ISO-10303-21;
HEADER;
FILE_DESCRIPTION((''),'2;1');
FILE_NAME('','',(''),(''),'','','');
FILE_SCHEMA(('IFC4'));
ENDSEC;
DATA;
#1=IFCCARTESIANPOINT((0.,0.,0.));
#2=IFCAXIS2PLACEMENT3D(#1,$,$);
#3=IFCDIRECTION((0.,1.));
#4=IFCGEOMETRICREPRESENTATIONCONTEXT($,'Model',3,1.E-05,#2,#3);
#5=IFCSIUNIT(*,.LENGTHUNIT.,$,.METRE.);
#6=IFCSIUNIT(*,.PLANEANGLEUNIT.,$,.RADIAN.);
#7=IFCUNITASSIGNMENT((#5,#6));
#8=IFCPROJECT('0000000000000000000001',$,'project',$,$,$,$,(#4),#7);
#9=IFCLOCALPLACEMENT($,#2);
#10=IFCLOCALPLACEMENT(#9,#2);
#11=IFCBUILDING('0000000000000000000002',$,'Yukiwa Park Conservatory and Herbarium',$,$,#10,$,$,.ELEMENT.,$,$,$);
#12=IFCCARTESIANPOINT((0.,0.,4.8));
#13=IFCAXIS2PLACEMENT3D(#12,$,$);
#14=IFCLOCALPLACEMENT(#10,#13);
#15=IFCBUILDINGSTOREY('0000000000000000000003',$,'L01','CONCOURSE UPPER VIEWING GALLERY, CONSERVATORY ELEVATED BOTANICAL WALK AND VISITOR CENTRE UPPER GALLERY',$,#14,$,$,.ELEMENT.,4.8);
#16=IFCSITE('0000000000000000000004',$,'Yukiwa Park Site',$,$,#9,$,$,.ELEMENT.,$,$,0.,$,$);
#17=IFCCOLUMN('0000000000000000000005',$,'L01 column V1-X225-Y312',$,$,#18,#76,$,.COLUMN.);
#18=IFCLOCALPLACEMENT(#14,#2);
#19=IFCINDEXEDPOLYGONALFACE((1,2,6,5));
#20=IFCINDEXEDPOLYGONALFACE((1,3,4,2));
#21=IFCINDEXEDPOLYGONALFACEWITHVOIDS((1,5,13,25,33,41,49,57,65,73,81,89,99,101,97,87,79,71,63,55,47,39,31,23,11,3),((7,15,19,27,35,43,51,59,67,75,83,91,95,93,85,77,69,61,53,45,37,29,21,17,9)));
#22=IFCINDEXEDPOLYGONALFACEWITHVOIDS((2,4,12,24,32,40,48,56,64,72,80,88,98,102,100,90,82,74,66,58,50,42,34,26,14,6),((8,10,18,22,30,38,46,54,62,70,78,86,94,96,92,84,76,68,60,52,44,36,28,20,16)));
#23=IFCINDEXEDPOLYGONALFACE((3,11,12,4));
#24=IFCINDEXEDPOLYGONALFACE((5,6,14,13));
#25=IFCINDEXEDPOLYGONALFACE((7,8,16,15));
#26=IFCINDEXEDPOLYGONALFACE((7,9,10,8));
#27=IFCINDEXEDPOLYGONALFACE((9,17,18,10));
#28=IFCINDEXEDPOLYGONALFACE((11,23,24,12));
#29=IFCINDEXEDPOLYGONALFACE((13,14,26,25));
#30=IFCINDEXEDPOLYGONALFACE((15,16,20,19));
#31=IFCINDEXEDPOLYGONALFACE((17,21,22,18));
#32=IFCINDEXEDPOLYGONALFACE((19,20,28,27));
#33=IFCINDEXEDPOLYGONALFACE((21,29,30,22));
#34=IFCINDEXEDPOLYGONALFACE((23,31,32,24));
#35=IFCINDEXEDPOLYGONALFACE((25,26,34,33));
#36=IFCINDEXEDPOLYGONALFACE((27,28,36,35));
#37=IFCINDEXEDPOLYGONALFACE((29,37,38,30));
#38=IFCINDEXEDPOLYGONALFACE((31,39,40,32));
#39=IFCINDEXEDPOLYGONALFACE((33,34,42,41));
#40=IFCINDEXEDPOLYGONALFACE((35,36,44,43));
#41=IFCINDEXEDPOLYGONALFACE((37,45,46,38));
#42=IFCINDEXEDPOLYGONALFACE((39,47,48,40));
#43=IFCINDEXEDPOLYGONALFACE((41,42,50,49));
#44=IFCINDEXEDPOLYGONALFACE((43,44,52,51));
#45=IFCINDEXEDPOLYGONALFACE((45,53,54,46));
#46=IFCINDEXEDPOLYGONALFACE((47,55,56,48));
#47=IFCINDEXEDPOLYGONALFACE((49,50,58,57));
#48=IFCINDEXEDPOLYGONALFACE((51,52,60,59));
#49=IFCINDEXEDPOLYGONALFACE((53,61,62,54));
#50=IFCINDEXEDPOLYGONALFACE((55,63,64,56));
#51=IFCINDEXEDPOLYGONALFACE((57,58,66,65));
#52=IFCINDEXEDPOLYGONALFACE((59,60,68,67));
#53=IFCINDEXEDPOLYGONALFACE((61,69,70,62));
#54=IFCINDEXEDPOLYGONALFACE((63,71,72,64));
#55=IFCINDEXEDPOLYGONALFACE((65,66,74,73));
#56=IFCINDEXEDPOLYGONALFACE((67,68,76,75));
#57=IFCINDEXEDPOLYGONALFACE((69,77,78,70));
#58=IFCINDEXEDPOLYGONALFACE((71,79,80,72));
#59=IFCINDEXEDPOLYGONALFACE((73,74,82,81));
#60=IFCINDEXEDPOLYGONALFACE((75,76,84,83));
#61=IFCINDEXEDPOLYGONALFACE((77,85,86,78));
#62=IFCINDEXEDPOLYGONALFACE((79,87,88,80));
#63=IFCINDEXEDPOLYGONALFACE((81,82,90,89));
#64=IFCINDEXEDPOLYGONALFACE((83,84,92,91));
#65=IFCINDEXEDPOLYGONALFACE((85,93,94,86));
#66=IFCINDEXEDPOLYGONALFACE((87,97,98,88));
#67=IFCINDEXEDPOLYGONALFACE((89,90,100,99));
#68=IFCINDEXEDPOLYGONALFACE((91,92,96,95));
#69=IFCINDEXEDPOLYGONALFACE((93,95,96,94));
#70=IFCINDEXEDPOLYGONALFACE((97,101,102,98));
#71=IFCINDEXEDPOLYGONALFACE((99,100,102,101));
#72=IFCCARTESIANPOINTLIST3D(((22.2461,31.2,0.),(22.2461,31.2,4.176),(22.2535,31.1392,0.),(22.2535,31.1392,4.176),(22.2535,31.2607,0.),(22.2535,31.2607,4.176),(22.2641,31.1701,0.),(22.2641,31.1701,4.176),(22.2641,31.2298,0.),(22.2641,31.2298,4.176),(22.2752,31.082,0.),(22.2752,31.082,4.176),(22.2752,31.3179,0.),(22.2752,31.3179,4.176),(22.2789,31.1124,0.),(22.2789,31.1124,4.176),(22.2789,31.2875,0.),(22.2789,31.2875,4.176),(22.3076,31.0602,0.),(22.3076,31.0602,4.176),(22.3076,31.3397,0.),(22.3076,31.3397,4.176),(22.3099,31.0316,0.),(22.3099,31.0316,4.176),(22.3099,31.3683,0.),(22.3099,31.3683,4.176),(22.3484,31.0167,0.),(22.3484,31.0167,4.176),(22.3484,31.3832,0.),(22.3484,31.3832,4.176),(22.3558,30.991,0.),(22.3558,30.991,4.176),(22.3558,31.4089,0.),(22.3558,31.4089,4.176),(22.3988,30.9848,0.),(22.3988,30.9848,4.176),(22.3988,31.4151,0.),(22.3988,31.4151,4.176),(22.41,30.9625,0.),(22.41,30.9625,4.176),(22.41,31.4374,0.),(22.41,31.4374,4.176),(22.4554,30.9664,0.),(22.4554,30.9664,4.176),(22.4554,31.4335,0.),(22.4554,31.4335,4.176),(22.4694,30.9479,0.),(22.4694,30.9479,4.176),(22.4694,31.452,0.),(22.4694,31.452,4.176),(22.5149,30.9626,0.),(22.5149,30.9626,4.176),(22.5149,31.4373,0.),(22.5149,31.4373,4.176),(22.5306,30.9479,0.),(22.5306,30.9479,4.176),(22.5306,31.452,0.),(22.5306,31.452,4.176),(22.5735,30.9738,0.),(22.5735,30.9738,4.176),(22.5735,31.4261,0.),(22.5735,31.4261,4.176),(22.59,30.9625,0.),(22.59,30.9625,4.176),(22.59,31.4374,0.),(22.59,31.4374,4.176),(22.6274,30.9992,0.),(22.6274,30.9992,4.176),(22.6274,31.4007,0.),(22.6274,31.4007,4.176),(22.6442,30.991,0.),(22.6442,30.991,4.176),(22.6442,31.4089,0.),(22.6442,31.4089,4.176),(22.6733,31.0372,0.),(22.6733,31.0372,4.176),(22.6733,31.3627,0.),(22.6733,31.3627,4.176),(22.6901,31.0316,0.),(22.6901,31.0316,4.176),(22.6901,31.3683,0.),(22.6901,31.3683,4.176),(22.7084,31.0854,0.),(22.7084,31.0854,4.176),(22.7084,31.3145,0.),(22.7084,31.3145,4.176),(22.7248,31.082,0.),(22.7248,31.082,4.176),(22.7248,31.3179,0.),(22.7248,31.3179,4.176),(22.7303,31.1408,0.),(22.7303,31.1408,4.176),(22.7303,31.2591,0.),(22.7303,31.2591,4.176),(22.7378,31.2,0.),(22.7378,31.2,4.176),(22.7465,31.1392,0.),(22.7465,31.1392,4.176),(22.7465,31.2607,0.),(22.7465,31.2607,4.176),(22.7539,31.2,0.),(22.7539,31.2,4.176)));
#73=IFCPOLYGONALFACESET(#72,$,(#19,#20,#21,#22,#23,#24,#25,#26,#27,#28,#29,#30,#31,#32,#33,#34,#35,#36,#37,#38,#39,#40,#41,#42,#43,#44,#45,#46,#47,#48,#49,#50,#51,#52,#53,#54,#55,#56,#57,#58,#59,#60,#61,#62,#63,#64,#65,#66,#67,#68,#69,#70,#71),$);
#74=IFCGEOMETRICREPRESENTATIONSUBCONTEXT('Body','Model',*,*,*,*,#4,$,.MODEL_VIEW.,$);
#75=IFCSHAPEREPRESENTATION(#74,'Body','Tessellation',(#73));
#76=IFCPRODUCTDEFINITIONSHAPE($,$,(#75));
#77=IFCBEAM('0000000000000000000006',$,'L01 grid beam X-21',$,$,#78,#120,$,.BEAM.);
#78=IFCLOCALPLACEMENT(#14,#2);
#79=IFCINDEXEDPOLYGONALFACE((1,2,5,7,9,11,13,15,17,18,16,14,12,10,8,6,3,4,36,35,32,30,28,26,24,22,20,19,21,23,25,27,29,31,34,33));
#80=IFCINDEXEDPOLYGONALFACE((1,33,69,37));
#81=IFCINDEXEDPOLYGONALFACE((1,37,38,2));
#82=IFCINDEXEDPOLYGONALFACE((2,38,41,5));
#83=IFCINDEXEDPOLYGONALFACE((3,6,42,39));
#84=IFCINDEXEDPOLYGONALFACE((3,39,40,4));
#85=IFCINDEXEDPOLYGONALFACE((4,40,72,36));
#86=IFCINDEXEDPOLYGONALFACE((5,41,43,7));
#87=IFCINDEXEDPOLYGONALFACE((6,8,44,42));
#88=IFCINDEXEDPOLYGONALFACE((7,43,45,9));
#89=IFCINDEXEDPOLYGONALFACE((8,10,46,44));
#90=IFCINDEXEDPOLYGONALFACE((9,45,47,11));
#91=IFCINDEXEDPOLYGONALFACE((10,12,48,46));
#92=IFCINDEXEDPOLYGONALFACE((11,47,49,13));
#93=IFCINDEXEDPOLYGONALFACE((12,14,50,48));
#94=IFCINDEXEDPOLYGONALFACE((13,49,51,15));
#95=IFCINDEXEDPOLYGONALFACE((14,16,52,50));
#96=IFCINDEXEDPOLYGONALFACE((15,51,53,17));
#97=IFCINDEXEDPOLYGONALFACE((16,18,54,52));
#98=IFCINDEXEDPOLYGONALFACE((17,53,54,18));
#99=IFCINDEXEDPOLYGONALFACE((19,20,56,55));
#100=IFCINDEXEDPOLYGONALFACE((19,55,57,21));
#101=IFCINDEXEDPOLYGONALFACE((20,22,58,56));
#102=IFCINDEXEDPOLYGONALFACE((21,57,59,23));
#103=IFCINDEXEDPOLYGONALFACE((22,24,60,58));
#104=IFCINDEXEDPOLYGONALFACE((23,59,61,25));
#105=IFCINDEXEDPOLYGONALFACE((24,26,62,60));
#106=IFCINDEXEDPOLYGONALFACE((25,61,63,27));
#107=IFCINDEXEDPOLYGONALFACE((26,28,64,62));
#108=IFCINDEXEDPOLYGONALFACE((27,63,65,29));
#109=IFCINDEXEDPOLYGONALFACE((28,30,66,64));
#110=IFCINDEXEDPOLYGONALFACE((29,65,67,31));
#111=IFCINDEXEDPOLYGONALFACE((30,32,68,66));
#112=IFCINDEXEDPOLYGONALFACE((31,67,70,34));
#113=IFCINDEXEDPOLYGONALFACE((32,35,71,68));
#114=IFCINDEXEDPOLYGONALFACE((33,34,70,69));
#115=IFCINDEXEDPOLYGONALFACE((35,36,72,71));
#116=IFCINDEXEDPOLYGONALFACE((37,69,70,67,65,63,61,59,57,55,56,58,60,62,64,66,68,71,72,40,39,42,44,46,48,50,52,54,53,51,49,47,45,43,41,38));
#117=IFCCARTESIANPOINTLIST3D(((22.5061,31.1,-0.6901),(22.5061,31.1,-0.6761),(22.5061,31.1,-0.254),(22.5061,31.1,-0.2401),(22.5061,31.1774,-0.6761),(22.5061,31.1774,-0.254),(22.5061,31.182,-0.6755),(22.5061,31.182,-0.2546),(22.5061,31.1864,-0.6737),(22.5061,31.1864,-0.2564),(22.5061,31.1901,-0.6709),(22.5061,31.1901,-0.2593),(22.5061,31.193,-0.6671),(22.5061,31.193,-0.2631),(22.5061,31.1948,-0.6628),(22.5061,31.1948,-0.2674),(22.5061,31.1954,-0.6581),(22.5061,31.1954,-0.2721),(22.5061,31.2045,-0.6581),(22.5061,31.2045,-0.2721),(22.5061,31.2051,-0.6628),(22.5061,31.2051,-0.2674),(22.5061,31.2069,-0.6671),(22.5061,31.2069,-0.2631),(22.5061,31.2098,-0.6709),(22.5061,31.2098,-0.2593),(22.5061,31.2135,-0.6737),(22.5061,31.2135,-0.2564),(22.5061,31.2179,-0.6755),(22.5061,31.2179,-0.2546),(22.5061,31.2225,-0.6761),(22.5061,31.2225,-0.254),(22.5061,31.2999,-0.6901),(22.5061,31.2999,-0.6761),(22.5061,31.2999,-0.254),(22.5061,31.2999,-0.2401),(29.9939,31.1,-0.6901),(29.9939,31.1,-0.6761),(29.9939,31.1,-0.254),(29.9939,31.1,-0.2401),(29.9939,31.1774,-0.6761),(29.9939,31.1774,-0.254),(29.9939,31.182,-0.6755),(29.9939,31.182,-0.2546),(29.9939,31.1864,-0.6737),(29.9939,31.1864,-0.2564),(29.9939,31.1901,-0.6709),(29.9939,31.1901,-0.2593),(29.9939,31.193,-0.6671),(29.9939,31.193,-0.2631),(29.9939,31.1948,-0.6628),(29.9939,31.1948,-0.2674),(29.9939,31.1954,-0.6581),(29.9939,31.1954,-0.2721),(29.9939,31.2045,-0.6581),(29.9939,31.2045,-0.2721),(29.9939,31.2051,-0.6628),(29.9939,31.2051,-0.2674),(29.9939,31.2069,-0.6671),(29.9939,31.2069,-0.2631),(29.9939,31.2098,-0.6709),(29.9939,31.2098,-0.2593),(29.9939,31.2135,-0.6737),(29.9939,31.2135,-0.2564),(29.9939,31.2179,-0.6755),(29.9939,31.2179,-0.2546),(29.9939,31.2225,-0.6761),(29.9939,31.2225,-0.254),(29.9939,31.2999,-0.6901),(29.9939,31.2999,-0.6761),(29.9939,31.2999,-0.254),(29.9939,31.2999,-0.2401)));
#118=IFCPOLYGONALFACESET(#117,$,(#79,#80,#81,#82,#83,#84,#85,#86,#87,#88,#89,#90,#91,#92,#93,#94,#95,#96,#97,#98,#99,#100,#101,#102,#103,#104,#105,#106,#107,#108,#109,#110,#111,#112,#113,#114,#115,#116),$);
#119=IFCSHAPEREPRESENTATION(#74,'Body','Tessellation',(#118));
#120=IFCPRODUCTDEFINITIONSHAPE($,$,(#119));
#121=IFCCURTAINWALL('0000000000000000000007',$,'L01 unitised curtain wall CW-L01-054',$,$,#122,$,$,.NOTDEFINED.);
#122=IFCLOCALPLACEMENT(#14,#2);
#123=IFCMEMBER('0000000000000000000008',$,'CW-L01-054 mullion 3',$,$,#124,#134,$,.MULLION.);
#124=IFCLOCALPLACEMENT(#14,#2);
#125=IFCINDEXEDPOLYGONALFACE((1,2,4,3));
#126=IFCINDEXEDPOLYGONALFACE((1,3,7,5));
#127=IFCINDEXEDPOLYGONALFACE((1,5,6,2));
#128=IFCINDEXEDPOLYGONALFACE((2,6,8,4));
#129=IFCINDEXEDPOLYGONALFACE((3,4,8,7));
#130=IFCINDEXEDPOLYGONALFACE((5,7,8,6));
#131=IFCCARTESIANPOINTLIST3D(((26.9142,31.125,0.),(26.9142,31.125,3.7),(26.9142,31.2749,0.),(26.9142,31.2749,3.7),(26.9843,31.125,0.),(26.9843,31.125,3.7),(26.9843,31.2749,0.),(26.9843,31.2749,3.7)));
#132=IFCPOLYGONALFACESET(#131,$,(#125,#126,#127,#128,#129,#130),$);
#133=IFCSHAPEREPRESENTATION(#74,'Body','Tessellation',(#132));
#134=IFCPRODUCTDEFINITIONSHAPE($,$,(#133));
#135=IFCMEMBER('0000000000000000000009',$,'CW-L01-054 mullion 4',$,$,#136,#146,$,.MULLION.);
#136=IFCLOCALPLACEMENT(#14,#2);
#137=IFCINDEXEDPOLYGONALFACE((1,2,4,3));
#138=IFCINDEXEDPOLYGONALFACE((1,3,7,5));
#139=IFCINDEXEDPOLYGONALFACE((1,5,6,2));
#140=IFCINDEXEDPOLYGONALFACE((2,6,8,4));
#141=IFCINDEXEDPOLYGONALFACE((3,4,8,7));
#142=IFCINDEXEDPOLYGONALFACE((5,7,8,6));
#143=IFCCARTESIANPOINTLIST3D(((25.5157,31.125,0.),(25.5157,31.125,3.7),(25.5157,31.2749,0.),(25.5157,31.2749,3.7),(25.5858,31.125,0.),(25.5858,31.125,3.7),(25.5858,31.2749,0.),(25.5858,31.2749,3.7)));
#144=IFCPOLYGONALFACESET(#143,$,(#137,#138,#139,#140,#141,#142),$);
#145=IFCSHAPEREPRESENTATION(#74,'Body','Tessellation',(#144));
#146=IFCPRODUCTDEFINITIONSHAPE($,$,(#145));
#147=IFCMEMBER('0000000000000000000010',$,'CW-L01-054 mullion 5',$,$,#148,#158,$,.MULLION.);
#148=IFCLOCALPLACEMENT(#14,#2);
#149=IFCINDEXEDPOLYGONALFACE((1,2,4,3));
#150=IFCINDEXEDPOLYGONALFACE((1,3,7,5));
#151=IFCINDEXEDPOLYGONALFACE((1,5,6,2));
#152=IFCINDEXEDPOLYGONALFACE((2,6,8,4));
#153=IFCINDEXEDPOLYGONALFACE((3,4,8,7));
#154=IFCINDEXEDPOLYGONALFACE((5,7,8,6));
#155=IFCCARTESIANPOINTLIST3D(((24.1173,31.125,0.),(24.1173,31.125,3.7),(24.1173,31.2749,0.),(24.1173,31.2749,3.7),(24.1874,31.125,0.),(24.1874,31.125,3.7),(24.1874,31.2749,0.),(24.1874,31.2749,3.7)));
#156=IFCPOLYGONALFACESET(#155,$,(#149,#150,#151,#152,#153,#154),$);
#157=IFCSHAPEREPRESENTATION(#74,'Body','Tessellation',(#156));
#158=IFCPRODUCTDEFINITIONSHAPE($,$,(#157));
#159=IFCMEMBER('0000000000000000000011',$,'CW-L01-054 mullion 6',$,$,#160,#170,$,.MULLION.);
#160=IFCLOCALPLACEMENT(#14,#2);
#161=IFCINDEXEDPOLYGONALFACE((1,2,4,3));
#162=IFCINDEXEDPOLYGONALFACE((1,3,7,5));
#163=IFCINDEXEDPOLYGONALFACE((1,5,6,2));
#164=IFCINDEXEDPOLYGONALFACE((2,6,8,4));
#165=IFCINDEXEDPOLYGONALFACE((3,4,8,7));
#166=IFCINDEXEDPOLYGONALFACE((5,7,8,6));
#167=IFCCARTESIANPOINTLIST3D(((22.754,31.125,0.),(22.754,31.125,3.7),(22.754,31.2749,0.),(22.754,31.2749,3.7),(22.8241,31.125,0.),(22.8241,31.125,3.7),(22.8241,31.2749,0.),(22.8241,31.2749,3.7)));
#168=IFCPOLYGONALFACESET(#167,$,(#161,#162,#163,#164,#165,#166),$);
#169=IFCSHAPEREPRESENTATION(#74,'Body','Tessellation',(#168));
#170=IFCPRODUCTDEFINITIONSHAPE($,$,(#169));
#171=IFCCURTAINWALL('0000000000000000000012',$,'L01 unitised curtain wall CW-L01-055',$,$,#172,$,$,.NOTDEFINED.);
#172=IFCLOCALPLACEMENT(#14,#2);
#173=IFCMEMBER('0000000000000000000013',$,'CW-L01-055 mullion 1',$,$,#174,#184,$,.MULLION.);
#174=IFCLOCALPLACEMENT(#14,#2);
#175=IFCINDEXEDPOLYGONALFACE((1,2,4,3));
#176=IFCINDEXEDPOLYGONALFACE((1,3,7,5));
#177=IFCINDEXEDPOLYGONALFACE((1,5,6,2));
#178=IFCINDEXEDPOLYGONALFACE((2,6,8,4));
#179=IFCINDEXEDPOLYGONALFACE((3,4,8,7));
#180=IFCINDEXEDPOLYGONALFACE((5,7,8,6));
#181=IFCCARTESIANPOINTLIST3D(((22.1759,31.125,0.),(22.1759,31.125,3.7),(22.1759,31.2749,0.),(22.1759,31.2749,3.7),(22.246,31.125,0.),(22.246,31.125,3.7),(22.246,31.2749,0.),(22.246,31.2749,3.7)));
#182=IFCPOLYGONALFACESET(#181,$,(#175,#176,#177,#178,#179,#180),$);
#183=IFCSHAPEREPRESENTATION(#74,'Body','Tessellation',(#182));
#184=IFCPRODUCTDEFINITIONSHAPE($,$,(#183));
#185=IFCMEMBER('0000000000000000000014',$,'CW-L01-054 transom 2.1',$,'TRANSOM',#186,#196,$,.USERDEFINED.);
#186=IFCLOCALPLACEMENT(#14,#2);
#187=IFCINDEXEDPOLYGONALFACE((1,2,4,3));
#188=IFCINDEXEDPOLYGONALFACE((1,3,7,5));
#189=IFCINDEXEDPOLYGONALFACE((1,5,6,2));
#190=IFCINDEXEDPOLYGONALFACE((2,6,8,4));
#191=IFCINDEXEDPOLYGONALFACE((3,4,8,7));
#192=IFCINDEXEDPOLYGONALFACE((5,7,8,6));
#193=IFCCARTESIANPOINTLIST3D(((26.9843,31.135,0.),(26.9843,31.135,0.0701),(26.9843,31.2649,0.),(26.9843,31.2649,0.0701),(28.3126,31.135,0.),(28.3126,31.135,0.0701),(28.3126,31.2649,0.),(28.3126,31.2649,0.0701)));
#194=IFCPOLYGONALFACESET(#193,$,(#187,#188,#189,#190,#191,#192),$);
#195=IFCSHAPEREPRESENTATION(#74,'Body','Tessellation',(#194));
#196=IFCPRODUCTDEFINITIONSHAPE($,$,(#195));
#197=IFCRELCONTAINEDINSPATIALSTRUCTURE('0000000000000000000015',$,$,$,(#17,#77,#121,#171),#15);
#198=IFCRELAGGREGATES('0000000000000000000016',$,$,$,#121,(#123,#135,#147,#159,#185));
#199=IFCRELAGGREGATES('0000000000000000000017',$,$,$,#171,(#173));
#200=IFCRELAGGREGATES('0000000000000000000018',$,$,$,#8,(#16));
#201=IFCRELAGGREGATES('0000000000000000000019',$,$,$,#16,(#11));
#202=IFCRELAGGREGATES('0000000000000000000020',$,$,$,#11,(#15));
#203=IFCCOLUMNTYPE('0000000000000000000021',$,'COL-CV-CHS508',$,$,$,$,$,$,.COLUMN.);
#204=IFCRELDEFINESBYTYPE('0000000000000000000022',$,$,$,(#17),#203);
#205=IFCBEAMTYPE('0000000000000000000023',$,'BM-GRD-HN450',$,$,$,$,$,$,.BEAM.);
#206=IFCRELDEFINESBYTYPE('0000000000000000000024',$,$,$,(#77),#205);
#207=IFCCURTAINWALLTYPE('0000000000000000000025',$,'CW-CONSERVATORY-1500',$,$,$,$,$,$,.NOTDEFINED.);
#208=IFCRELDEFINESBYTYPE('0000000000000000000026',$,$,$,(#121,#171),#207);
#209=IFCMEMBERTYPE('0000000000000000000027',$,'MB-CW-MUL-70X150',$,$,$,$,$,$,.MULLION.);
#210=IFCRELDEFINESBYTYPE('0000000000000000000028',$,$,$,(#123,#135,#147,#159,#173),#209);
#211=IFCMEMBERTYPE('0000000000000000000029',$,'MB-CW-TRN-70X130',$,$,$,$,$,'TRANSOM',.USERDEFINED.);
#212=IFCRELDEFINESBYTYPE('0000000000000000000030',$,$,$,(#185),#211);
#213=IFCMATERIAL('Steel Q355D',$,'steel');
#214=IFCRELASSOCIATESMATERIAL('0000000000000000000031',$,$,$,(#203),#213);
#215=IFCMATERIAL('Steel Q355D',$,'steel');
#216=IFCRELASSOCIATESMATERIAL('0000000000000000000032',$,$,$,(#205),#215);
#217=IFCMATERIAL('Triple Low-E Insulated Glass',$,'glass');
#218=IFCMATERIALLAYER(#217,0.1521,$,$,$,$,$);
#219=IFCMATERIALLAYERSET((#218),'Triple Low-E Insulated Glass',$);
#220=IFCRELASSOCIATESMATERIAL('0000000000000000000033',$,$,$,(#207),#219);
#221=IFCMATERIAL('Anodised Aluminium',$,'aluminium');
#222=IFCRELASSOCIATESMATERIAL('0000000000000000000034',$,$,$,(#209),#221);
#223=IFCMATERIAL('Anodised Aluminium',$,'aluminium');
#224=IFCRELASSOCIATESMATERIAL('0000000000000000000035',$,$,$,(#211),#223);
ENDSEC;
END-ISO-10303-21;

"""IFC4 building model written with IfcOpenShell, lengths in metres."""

from ifc_helpers import new_model, si_unit, direction, frame, origin, origin_2d, place, context, subcontext, project, spatial, rectangle, hollow_circle, i_section, extrude, material, layer, layer_set, material_profile, profile_set, type_object, element, aggregate, save


model = new_model("IFC4")

# Units and contexts
model_context = context("Model", 3, precision=1e-05, world=origin(), true_north=direction((0.0, 1.0)))
body_context = subcontext(model_context, "Body", "Model", "MODEL_VIEW")
ifc_project = project(units=[si_unit("LENGTHUNIT", "METRE"), si_unit("PLANEANGLEUNIT", "RADIAN")], contexts=[model_context])

# Site, building, storey
site_placement = place(None, origin())
site = spatial("IfcSite", under=ifc_project, at=site_placement, Name="Yukiwa Park Site", CompositionType="ELEMENT", RefElevation=0.0)
building_placement = place(site_placement, origin())
building = spatial("IfcBuilding", under=site, at=building_placement, Name="Yukiwa Park Conservatory and Herbarium", CompositionType="ELEMENT")
storey_placement = place(building_placement, frame((0.0, 0.0, 4.8)))
storey = spatial("IfcBuildingStorey", under=building, at=storey_placement, Name="L01", Description="CONCOURSE UPPER VIEWING GALLERY, CONSERVATORY ELEVATED BOTANICAL WALK AND VISITOR CENTRE UPPER GALLERY", CompositionType="ELEMENT", Elevation=4.8)

# Column
ifc_material_1 = material(Name="Steel Q355D", Category="steel")
ifc_material_profile_1 = material_profile(ifc_material_1, hollow_circle(Radius=0.2539, WallThickness=0.0161, at=origin_2d()), Name="CHS 508x16")
ifc_profile_set_1 = profile_set([ifc_material_profile_1], Name="Steel Q355D")
column_type = type_object("IfcColumnType", Name="COL-CV-CHS508", PredefinedType="COLUMN", material=ifc_profile_set_1)
column_placement = place(storey_placement, frame((22.5, 31.2, 0.0), z_axis=(0.0, 0.0, 1.0), x_axis=(1.0, 0.0, 0.0)))
element("IfcColumn", 1, at=column_placement, inside=storey, type_object=column_type, Name="L01 column V1-X225-Y312", PredefinedType="COLUMN", context=body_context, shape_type="SweptSolid", body=[
    extrude(hollow_circle(Radius=0.2539, WallThickness=0.0161, at=origin_2d()), origin(), (0.0, 0.0, 1.0), 4.176),
])

# Beam
ifc_material_2 = material(Name="Steel Q355D", Category="steel")
ifc_material_profile_2 = material_profile(ifc_material_2, i_section(OverallWidth=0.2, OverallDepth=0.45, WebThickness=0.009, FlangeThickness=0.0139, FilletRadius=0.0181, at=origin_2d()), Name="HN 450x200x9x14")
ifc_profile_set_2 = profile_set([ifc_material_profile_2], Name="Steel Q355D")
beam_type = type_object("IfcBeamType", Name="BM-GRD-HN450", PredefinedType="BEAM", material=ifc_profile_set_2)
beam_placement = place(storey_placement, frame((22.5061, 31.2, -0.4651), z_axis=(1.0, 0.0, 0.0), x_axis=(0.0, 1.0, 0.0)))
element("IfcBeam", 2, at=beam_placement, inside=storey, type_object=beam_type, Name="L01 grid beam X-21", PredefinedType="BEAM", context=body_context, shape_type="SweptSolid", body=[
    extrude(i_section(OverallWidth=0.2, OverallDepth=0.45, WebThickness=0.009, FlangeThickness=0.0139, FilletRadius=0.0181, at=origin_2d()), origin(), (0.0, 0.0, 1.0), 7.4878),
])

# Curtain wall, members
ifc_material_3 = material(Name="Triple Low-E Insulated Glass", Category="glass")
ifc_layer_1 = layer(ifc_material_3, 0.1521)
ifc_layer_set_1 = layer_set([ifc_layer_1], Name="Triple Low-E Insulated Glass")
curtain_wall_type = type_object("IfcCurtainWallType", Name="CW-CONSERVATORY-1500", PredefinedType="NOTDEFINED", material=ifc_layer_set_1)
curtain_wall_1_placement = place(storey_placement, origin())
curtain_wall_1 = element("IfcCurtainWall", 3, at=curtain_wall_1_placement, inside=storey, type_object=curtain_wall_type, Name="L01 unitised curtain wall CW-L01-054", PredefinedType="NOTDEFINED")
ifc_material_4 = material(Name="Anodised Aluminium", Category="aluminium")
member_type_1 = type_object("IfcMemberType", Name="MB-CW-MUL-70X150", PredefinedType="MULLION", material=ifc_material_4)
member_1_placement = place(storey_placement, frame((26.9492, 31.2, 0.0), z_axis=(0.0, 0.0, 1.0), x_axis=(-1.0, 0.0, 0.0)))
member_1 = element("IfcMember", 4, at=member_1_placement, type_object=member_type_1, Name="CW-L01-054 mullion 3", PredefinedType="MULLION", context=body_context, shape_type="SweptSolid", body=[
    extrude(rectangle(XDim=0.0701, YDim=0.1499, at=origin_2d()), origin(), (0.0, 0.0, 1.0), 3.7),
])
member_2_placement = place(storey_placement, frame((25.5508, 31.2, 0.0), z_axis=(0.0, 0.0, 1.0), x_axis=(-1.0, 0.0, 0.0)))
member_2 = element("IfcMember", 5, at=member_2_placement, type_object=member_type_1, Name="CW-L01-054 mullion 4", PredefinedType="MULLION", context=body_context, shape_type="SweptSolid", body=[
    extrude(rectangle(XDim=0.0701, YDim=0.1499, at=origin_2d()), origin(), (0.0, 0.0, 1.0), 3.7),
])
member_3_placement = place(storey_placement, frame((24.1523, 31.2, 0.0), z_axis=(0.0, 0.0, 1.0), x_axis=(-1.0, 0.0, 0.0)))
member_3 = element("IfcMember", 6, at=member_3_placement, type_object=member_type_1, Name="CW-L01-054 mullion 5", PredefinedType="MULLION", context=body_context, shape_type="SweptSolid", body=[
    extrude(rectangle(XDim=0.0701, YDim=0.1499, at=origin_2d()), origin(), (0.0, 0.0, 1.0), 3.7),
])
member_4_placement = place(storey_placement, frame((22.7891, 31.2, 0.0), z_axis=(0.0, 0.0, 1.0), x_axis=(-1.0, 0.0, 0.0)))
member_4 = element("IfcMember", 7, at=member_4_placement, type_object=member_type_1, Name="CW-L01-054 mullion 6", PredefinedType="MULLION", context=body_context, shape_type="SweptSolid", body=[
    extrude(rectangle(XDim=0.0701, YDim=0.1499, at=origin_2d()), origin(), (0.0, 0.0, 1.0), 3.7),
])

# Curtain wall, member
curtain_wall_2_placement = place(storey_placement, origin())
curtain_wall_2 = element("IfcCurtainWall", 8, at=curtain_wall_2_placement, inside=storey, type_object=curtain_wall_type, Name="L01 unitised curtain wall CW-L01-055", PredefinedType="NOTDEFINED")
member_5_placement = place(storey_placement, frame((22.2109, 31.2, 0.0), z_axis=(0.0, 0.0, 1.0), x_axis=(-1.0, 0.0, 0.0)))
member_5 = element("IfcMember", 9, at=member_5_placement, type_object=member_type_1, Name="CW-L01-055 mullion 1", PredefinedType="MULLION", context=body_context, shape_type="SweptSolid", body=[
    extrude(rectangle(XDim=0.0701, YDim=0.1499, at=origin_2d()), origin(), (0.0, 0.0, 1.0), 3.7),
])

# Member
ifc_material_5 = material(Name="Anodised Aluminium", Category="aluminium")
member_type_2 = type_object("IfcMemberType", Name="MB-CW-TRN-70X130", ElementType="TRANSOM", PredefinedType="USERDEFINED", material=ifc_material_5)
member_6_placement = place(storey_placement, frame((27.6484, 31.2, 0.0), z_axis=(0.0, 0.0, 1.0), x_axis=(-1.0, 0.0, 0.0)))
member_6 = element("IfcMember", 10, at=member_6_placement, type_object=member_type_2, Name="CW-L01-054 transom 2.1", ObjectType="TRANSOM", PredefinedType="USERDEFINED", context=body_context, shape_type="SweptSolid", body=[
    extrude(rectangle(XDim=1.3284, YDim=0.1299, at=origin_2d()), origin(), (0.0, 0.0, 1.0), 0.0701),
])

aggregate(curtain_wall_1, [member_1, member_2, member_3, member_4, member_6])
aggregate(curtain_wall_2, [member_5])

save(model, "model.ifc")
